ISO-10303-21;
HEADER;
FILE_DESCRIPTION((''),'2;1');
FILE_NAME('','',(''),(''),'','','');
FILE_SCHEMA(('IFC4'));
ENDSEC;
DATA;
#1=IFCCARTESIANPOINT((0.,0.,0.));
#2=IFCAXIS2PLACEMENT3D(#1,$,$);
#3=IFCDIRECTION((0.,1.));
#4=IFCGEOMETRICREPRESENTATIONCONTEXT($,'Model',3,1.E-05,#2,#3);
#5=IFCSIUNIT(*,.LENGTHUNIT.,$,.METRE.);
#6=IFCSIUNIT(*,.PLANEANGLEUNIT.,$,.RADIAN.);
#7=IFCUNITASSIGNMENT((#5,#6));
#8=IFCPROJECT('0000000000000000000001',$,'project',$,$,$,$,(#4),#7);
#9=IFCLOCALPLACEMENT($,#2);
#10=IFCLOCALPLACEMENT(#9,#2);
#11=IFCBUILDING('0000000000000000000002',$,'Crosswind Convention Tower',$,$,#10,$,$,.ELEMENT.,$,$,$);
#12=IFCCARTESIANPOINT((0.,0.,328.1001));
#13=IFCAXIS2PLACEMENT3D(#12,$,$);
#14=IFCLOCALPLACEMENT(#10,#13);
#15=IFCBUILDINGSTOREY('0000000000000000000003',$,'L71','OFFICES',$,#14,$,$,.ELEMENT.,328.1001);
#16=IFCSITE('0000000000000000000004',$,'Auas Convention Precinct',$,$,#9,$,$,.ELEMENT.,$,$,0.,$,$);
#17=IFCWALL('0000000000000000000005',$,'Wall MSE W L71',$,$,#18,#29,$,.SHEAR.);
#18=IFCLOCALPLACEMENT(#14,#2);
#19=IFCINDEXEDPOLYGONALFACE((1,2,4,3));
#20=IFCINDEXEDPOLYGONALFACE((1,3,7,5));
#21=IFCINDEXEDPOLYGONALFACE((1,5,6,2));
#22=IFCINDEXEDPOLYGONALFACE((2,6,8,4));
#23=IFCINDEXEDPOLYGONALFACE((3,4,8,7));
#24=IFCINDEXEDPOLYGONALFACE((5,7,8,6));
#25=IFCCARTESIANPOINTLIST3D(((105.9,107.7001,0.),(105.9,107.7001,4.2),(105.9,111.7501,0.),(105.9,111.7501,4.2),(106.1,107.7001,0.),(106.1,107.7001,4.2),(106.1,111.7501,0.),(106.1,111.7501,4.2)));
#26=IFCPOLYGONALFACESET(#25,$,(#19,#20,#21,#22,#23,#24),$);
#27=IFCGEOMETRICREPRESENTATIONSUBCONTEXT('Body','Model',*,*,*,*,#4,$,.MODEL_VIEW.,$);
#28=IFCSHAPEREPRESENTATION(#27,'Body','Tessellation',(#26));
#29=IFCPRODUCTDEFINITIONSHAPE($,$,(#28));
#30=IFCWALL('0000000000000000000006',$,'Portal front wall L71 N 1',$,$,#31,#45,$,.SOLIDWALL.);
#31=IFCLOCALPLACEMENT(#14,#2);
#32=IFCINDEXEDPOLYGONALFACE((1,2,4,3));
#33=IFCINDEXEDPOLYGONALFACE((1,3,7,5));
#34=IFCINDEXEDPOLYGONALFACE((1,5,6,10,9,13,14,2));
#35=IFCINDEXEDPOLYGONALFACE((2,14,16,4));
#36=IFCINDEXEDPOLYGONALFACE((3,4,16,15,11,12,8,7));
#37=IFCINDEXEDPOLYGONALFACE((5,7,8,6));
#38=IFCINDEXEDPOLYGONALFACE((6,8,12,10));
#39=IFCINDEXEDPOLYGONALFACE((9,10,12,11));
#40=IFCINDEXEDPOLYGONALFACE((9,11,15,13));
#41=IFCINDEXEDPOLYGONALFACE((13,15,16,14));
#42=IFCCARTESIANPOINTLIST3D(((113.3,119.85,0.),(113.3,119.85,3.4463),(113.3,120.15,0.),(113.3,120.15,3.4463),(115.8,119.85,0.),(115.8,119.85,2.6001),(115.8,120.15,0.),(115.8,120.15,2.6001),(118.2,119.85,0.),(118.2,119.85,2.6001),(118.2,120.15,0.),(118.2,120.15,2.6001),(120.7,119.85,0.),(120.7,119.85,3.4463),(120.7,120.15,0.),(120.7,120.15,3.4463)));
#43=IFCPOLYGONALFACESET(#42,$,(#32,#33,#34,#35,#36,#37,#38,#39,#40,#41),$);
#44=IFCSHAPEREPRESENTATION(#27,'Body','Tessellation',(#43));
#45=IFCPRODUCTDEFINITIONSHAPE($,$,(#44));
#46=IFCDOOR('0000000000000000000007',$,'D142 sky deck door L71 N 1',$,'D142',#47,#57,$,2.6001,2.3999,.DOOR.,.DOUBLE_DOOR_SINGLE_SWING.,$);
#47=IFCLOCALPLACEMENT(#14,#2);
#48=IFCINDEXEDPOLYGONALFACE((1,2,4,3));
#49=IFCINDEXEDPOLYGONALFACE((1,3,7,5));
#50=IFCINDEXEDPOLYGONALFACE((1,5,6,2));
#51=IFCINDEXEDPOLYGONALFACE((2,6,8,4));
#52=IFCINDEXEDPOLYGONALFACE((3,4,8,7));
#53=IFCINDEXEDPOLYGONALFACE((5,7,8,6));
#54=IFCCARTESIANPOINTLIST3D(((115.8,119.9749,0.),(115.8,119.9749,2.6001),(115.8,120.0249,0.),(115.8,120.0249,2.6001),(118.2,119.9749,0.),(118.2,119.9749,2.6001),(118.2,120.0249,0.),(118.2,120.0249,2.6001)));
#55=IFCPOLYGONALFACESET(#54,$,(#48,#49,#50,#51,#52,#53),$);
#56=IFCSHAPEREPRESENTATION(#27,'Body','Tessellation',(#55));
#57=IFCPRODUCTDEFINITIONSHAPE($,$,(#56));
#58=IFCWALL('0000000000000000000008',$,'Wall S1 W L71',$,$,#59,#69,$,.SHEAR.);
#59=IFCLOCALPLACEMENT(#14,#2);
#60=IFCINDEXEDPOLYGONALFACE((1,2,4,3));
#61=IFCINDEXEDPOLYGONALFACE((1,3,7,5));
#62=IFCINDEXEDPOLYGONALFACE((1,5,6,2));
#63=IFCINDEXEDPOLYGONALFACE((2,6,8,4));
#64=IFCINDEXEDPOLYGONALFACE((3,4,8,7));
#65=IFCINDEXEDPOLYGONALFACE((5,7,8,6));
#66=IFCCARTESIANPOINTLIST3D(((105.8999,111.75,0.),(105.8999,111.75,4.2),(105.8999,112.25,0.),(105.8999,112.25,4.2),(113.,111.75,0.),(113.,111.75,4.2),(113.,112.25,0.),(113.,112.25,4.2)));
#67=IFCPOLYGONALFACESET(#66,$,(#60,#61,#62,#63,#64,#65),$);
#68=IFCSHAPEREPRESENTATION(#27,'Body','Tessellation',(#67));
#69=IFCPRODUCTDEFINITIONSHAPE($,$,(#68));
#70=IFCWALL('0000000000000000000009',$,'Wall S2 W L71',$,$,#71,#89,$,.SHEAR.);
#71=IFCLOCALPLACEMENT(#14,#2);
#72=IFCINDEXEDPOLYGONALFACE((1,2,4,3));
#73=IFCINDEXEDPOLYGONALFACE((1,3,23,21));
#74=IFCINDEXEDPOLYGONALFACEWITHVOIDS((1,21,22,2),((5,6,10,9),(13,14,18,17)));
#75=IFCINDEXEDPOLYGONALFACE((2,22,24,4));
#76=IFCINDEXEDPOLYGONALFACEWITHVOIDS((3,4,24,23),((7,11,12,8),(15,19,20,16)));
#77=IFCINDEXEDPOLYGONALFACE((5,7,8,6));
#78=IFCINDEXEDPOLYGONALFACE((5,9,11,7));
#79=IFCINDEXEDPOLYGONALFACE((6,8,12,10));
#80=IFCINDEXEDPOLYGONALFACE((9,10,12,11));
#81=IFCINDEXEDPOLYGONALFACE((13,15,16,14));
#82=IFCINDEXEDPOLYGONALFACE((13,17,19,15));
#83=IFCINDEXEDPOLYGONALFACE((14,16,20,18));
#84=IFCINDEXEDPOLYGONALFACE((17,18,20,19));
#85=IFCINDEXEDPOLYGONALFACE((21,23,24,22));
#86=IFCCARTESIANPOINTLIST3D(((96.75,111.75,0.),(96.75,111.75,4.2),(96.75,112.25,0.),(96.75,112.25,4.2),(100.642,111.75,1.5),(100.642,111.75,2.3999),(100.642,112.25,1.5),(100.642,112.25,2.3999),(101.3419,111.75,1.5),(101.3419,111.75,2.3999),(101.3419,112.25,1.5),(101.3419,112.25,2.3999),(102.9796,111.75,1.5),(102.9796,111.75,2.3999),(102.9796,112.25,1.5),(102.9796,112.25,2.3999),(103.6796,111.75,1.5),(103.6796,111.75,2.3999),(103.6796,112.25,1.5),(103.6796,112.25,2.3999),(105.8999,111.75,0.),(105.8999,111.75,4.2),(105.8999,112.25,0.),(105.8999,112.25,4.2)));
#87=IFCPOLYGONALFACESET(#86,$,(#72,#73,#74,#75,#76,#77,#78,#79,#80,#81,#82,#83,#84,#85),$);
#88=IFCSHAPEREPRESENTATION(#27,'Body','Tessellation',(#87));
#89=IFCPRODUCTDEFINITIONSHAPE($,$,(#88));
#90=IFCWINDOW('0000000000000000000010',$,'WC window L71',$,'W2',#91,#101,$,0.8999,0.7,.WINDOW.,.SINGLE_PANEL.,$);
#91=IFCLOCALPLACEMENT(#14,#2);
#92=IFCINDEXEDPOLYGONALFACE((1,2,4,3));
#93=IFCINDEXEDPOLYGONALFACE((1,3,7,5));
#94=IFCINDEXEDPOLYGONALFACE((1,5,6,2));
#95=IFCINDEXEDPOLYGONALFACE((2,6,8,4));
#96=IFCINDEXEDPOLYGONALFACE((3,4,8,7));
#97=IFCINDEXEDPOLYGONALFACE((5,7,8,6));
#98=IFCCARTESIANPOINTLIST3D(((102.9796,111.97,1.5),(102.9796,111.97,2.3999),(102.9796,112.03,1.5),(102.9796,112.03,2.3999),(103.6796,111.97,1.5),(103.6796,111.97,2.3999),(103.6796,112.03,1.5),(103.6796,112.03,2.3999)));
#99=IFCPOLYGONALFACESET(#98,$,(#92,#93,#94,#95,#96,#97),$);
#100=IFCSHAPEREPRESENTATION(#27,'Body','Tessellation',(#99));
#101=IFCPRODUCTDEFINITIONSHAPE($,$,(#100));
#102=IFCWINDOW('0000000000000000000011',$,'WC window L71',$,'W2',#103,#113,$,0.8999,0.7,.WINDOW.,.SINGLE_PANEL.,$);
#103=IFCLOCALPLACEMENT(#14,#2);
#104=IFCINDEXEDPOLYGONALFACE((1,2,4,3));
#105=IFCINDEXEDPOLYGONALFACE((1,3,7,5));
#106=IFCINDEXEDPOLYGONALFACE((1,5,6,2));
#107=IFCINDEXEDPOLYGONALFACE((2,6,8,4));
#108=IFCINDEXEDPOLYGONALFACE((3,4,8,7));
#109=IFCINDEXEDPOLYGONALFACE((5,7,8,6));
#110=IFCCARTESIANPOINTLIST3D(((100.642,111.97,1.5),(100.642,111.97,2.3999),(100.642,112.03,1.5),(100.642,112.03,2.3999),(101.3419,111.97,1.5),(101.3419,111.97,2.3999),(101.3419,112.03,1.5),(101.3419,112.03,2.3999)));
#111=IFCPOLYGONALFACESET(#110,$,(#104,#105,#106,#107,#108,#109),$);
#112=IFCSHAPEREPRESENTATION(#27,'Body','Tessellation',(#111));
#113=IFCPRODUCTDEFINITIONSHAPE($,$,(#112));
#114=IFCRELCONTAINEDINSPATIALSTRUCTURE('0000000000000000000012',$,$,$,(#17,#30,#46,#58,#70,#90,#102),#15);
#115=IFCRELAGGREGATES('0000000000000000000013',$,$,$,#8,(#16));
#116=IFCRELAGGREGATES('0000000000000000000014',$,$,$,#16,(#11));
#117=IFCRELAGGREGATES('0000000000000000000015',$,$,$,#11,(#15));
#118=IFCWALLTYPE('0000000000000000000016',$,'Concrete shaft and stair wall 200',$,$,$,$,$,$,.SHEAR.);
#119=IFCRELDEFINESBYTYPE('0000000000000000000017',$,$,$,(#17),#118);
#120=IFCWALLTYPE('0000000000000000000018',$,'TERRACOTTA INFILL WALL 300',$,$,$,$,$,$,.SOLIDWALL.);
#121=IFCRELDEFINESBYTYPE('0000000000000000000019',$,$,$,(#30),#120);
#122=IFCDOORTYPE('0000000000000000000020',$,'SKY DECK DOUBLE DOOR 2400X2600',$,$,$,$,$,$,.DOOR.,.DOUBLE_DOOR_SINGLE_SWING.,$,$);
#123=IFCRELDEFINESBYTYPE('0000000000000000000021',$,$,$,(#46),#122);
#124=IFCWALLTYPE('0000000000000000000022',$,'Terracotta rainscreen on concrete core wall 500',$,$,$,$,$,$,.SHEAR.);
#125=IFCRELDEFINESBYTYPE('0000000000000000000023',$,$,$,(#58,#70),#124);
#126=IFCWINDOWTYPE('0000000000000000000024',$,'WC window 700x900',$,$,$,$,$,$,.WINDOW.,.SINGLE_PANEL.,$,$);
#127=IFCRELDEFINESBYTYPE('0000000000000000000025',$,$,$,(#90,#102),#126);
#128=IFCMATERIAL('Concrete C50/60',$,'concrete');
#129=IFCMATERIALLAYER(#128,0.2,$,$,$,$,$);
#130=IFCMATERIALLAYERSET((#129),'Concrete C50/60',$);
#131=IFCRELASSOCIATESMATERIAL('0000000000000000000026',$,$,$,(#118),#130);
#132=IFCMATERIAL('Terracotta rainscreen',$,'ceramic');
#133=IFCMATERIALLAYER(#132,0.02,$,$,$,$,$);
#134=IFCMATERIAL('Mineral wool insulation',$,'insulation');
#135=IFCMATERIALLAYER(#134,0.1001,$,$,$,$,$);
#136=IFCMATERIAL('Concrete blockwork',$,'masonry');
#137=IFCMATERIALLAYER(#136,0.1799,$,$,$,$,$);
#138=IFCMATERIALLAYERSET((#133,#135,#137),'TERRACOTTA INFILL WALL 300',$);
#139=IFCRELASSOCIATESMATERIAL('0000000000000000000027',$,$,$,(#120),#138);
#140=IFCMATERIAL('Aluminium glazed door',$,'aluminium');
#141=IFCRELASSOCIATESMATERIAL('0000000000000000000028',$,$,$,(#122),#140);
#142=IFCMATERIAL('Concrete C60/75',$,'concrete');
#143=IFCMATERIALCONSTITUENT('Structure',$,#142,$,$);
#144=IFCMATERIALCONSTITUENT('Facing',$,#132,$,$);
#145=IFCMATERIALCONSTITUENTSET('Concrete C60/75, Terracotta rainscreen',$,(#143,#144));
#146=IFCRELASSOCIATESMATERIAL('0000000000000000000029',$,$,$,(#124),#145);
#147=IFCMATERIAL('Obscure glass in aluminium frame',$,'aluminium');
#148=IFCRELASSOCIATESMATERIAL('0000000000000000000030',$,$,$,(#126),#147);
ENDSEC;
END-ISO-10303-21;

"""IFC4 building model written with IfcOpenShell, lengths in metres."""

from ifc_helpers import new_model, si_unit, direction, frame, frame_2d, origin, place, context, subcontext, project, spatial, rectangle, extrude, material, layer, layer_set, constituent, constituent_set, type_object, element, fill, save


model = new_model("IFC4")

# Units and contexts
model_context = context("Model", 3, precision=1e-05, world=origin(), true_north=direction((0.0, 1.0)))
body_context = subcontext(model_context, "Body", "Model", "MODEL_VIEW")
ifc_project = project(units=[si_unit("LENGTHUNIT", "METRE"), si_unit("PLANEANGLEUNIT", "RADIAN")], contexts=[model_context])

# Site, building, storey
site_placement = place(None, origin())
site = spatial("IfcSite", under=ifc_project, at=site_placement, Name="Auas Convention Precinct", CompositionType="ELEMENT", RefElevation=0.0)
building_placement = place(site_placement, origin())
building = spatial("IfcBuilding", under=site, at=building_placement, Name="Crosswind Convention Tower", CompositionType="ELEMENT")
storey_placement = place(building_placement, frame((0.0, 0.0, 328.1001)))
storey = spatial("IfcBuildingStorey", under=building, at=storey_placement, Name="L71", Description="OFFICES", CompositionType="ELEMENT", Elevation=328.1001)

# Shared definitions
ifc_material_1 = material(Name="Concrete C60/75", Category="concrete")

# Wall
ifc_material_2 = material(Name="Concrete blockwork", Category="masonry")
ifc_material_3 = material(Name="Concrete C50/60", Category="concrete")
ifc_layer_1 = layer(ifc_material_3, 0.2)
ifc_layer_set_1 = layer_set([ifc_layer_1], Name="Concrete C50/60")
wall_type_1 = type_object("IfcWallType", Name="Concrete shaft and stair wall 200", PredefinedType="SHEAR", material=ifc_layer_set_1)
wall_1_placement = place(storey_placement, frame((106.0, 111.75, 0.0), z_axis=(0.0, 0.0, 1.0), x_axis=(0.0, -1.0, 0.0)))
element("IfcWall", 1, at=wall_1_placement, inside=storey, type_object=wall_type_1, Name="Wall MSE W L71", PredefinedType="SHEAR", context=body_context, shape_type="SweptSolid", body=[
    extrude(rectangle(XDim=4.05, YDim=0.2, at=frame_2d((2.0249, 0.0))), origin(), (0.0, 0.0, 1.0), 4.2),
])

# Wall, opening, door
ifc_material_4 = material(Name="Terracotta rainscreen", Category="ceramic")
ifc_layer_2 = layer(ifc_material_4, 0.02)
ifc_material_5 = material(Name="Mineral wool insulation", Category="insulation")
ifc_layer_3 = layer(ifc_material_5, 0.1001)
ifc_layer_4 = layer(ifc_material_2, 0.1799)
ifc_layer_set_2 = layer_set([ifc_layer_2, ifc_layer_3, ifc_layer_4], Name="TERRACOTTA INFILL WALL 300")
wall_type_2 = type_object("IfcWallType", Name="TERRACOTTA INFILL WALL 300", PredefinedType="SOLIDWALL", material=ifc_layer_set_2)
wall_2_placement = place(storey_placement, frame((113.3, 120.0, 0.0), z_axis=(0.0, 0.0, 1.0), x_axis=(1.0, 0.0, 0.0)))
wall_2 = element("IfcWall", 2, at=wall_2_placement, inside=storey, type_object=wall_type_2, Name="Portal front wall L71 N 1", PredefinedType="SOLIDWALL", context=body_context, shape_type="SweptSolid", body=[
    extrude(rectangle(XDim=7.3999, YDim=0.3, at=frame_2d((3.7, 0.0))), origin(), (0.0, 0.0, 1.0), 3.4463),
])
opening_1_placement = place(wall_2_placement, frame((2.5, 0.0, 0.0)))
opening_1 = element("IfcOpeningElement", 3, at=opening_1_placement, cuts=wall_2, PredefinedType="OPENING", context=body_context, shape_type="SweptSolid", body=[
    extrude(rectangle(XDim=2.3999, YDim=2.6001, at=frame_2d((1.2, 1.3))), frame((0.0, 0.1599, 0.0), z_axis=(0.0, -1.0, 0.0), x_axis=(1.0, 0.0, 0.0)), (0.0, 0.0, 1.0), 0.3201),
])
ifc_material_6 = material(Name="Aluminium glazed door", Category="aluminium")
door_type = type_object("IfcDoorType", Name="SKY DECK DOUBLE DOOR 2400X2600", OperationType="DOUBLE_DOOR_SINGLE_SWING", PredefinedType="DOOR", material=ifc_material_6)
door_placement = place(opening_1_placement, origin())
door = element("IfcDoor", 4, at=door_placement, inside=storey, type_object=door_type, Name="D142 sky deck door L71 N 1", ObjectType="D142", OperationType="DOUBLE_DOOR_SINGLE_SWING", OverallHeight=2.6001, OverallWidth=2.3999, PredefinedType="DOOR", context=body_context, shape_type="SweptSolid", body=[
    extrude(rectangle(XDim=2.3999, YDim=2.6001, at=frame_2d((1.2, 1.3))), frame((0.0, 0.0249, 0.0), z_axis=(0.0, -1.0, 0.0), x_axis=(1.0, 0.0, 0.0)), (0.0, 0.0, 1.0), 0.05),
])
fill(opening_1, door)

# Wall
ifc_constituent_1 = constituent(ifc_material_1, Name="Structure")
ifc_constituent_2 = constituent(ifc_material_4, Name="Facing")
ifc_constituent_set = constituent_set(constituents=[ifc_constituent_1, ifc_constituent_2], Name="Concrete C60/75, Terracotta rainscreen")
wall_type_3 = type_object("IfcWallType", Name="Terracotta rainscreen on concrete core wall 500", PredefinedType="SHEAR", material=ifc_constituent_set)
wall_3_placement = place(storey_placement, frame((113.0, 112.0, 0.0), z_axis=(0.0, 0.0, 1.0), x_axis=(-1.0, 0.0, 0.0)))
element("IfcWall", 5, at=wall_3_placement, inside=storey, type_object=wall_type_3, Name="Wall S1 W L71", PredefinedType="SHEAR", context=body_context, shape_type="SweptSolid", body=[
    extrude(rectangle(XDim=7.1001, YDim=0.5, at=frame_2d((3.55, 0.0))), origin(), (0.0, 0.0, 1.0), 4.2),
])

# Wall, openings, windows
wall_4_placement = place(storey_placement, frame((105.8999, 112.0, 0.0), z_axis=(0.0, 0.0, 1.0), x_axis=(-1.0, 0.0, 0.0)))
wall_4 = element("IfcWall", 6, at=wall_4_placement, inside=storey, type_object=wall_type_3, Name="Wall S2 W L71", PredefinedType="SHEAR", context=body_context, shape_type="SweptSolid", body=[
    extrude(rectangle(XDim=9.1499, YDim=0.5, at=frame_2d((4.575, 0.0))), origin(), (0.0, 0.0, 1.0), 4.2),
])
opening_2_placement = place(wall_4_placement, frame((2.2202, 0.0, 1.5)))
opening_2 = element("IfcOpeningElement", 7, at=opening_2_placement, cuts=wall_4, PredefinedType="OPENING", context=body_context, shape_type="SweptSolid", body=[
    extrude(rectangle(XDim=0.7, YDim=0.8999, at=frame_2d((0.3501, 0.45))), frame((0.0, 0.26, 0.0), z_axis=(0.0, -1.0, 0.0), x_axis=(1.0, 0.0, 0.0)), (0.0, 0.0, 1.0), 0.52),
])
opening_3_placement = place(wall_4_placement, frame((4.5579, 0.0, 1.5)))
opening_3 = element("IfcOpeningElement", 8, at=opening_3_placement, cuts=wall_4, PredefinedType="OPENING", context=body_context, shape_type="SweptSolid", body=[
    extrude(rectangle(XDim=0.7, YDim=0.8999, at=frame_2d((0.3501, 0.45))), frame((0.0, 0.26, 0.0), z_axis=(0.0, -1.0, 0.0), x_axis=(1.0, 0.0, 0.0)), (0.0, 0.0, 1.0), 0.52),
])
ifc_material_7 = material(Name="Obscure glass in aluminium frame", Category="aluminium")
window_type = type_object("IfcWindowType", Name="WC window 700x900", PartitioningType="SINGLE_PANEL", PredefinedType="WINDOW", material=ifc_material_7)
window_1_placement = place(opening_2_placement, origin())
window_1 = element("IfcWindow", 9, at=window_1_placement, inside=storey, type_object=window_type, Name="WC window L71", ObjectType="W2", OverallHeight=0.8999, OverallWidth=0.7, PartitioningType="SINGLE_PANEL", PredefinedType="WINDOW", context=body_context, shape_type="SweptSolid", body=[
    extrude(rectangle(XDim=0.7, YDim=0.8999, at=frame_2d((0.3501, 0.45))), frame((0.0, 0.03, 0.0), z_axis=(0.0, -1.0, 0.0), x_axis=(1.0, 0.0, 0.0)), (0.0, 0.0, 1.0), 0.0601),
])
fill(opening_2, window_1)
window_2_placement = place(opening_3_placement, origin())
window_2 = element("IfcWindow", 10, at=window_2_placement, inside=storey, type_object=window_type, Name="WC window L71", ObjectType="W2", OverallHeight=0.8999, OverallWidth=0.7, PartitioningType="SINGLE_PANEL", PredefinedType="WINDOW", context=body_context, shape_type="SweptSolid", body=[
    extrude(rectangle(XDim=0.7, YDim=0.8999, at=frame_2d((0.3501, 0.45))), frame((0.0, 0.03, 0.0), z_axis=(0.0, -1.0, 0.0), x_axis=(1.0, 0.0, 0.0)), (0.0, 0.0, 1.0), 0.0601),
])
fill(opening_3, window_2)

save(model, "model.ifc")
